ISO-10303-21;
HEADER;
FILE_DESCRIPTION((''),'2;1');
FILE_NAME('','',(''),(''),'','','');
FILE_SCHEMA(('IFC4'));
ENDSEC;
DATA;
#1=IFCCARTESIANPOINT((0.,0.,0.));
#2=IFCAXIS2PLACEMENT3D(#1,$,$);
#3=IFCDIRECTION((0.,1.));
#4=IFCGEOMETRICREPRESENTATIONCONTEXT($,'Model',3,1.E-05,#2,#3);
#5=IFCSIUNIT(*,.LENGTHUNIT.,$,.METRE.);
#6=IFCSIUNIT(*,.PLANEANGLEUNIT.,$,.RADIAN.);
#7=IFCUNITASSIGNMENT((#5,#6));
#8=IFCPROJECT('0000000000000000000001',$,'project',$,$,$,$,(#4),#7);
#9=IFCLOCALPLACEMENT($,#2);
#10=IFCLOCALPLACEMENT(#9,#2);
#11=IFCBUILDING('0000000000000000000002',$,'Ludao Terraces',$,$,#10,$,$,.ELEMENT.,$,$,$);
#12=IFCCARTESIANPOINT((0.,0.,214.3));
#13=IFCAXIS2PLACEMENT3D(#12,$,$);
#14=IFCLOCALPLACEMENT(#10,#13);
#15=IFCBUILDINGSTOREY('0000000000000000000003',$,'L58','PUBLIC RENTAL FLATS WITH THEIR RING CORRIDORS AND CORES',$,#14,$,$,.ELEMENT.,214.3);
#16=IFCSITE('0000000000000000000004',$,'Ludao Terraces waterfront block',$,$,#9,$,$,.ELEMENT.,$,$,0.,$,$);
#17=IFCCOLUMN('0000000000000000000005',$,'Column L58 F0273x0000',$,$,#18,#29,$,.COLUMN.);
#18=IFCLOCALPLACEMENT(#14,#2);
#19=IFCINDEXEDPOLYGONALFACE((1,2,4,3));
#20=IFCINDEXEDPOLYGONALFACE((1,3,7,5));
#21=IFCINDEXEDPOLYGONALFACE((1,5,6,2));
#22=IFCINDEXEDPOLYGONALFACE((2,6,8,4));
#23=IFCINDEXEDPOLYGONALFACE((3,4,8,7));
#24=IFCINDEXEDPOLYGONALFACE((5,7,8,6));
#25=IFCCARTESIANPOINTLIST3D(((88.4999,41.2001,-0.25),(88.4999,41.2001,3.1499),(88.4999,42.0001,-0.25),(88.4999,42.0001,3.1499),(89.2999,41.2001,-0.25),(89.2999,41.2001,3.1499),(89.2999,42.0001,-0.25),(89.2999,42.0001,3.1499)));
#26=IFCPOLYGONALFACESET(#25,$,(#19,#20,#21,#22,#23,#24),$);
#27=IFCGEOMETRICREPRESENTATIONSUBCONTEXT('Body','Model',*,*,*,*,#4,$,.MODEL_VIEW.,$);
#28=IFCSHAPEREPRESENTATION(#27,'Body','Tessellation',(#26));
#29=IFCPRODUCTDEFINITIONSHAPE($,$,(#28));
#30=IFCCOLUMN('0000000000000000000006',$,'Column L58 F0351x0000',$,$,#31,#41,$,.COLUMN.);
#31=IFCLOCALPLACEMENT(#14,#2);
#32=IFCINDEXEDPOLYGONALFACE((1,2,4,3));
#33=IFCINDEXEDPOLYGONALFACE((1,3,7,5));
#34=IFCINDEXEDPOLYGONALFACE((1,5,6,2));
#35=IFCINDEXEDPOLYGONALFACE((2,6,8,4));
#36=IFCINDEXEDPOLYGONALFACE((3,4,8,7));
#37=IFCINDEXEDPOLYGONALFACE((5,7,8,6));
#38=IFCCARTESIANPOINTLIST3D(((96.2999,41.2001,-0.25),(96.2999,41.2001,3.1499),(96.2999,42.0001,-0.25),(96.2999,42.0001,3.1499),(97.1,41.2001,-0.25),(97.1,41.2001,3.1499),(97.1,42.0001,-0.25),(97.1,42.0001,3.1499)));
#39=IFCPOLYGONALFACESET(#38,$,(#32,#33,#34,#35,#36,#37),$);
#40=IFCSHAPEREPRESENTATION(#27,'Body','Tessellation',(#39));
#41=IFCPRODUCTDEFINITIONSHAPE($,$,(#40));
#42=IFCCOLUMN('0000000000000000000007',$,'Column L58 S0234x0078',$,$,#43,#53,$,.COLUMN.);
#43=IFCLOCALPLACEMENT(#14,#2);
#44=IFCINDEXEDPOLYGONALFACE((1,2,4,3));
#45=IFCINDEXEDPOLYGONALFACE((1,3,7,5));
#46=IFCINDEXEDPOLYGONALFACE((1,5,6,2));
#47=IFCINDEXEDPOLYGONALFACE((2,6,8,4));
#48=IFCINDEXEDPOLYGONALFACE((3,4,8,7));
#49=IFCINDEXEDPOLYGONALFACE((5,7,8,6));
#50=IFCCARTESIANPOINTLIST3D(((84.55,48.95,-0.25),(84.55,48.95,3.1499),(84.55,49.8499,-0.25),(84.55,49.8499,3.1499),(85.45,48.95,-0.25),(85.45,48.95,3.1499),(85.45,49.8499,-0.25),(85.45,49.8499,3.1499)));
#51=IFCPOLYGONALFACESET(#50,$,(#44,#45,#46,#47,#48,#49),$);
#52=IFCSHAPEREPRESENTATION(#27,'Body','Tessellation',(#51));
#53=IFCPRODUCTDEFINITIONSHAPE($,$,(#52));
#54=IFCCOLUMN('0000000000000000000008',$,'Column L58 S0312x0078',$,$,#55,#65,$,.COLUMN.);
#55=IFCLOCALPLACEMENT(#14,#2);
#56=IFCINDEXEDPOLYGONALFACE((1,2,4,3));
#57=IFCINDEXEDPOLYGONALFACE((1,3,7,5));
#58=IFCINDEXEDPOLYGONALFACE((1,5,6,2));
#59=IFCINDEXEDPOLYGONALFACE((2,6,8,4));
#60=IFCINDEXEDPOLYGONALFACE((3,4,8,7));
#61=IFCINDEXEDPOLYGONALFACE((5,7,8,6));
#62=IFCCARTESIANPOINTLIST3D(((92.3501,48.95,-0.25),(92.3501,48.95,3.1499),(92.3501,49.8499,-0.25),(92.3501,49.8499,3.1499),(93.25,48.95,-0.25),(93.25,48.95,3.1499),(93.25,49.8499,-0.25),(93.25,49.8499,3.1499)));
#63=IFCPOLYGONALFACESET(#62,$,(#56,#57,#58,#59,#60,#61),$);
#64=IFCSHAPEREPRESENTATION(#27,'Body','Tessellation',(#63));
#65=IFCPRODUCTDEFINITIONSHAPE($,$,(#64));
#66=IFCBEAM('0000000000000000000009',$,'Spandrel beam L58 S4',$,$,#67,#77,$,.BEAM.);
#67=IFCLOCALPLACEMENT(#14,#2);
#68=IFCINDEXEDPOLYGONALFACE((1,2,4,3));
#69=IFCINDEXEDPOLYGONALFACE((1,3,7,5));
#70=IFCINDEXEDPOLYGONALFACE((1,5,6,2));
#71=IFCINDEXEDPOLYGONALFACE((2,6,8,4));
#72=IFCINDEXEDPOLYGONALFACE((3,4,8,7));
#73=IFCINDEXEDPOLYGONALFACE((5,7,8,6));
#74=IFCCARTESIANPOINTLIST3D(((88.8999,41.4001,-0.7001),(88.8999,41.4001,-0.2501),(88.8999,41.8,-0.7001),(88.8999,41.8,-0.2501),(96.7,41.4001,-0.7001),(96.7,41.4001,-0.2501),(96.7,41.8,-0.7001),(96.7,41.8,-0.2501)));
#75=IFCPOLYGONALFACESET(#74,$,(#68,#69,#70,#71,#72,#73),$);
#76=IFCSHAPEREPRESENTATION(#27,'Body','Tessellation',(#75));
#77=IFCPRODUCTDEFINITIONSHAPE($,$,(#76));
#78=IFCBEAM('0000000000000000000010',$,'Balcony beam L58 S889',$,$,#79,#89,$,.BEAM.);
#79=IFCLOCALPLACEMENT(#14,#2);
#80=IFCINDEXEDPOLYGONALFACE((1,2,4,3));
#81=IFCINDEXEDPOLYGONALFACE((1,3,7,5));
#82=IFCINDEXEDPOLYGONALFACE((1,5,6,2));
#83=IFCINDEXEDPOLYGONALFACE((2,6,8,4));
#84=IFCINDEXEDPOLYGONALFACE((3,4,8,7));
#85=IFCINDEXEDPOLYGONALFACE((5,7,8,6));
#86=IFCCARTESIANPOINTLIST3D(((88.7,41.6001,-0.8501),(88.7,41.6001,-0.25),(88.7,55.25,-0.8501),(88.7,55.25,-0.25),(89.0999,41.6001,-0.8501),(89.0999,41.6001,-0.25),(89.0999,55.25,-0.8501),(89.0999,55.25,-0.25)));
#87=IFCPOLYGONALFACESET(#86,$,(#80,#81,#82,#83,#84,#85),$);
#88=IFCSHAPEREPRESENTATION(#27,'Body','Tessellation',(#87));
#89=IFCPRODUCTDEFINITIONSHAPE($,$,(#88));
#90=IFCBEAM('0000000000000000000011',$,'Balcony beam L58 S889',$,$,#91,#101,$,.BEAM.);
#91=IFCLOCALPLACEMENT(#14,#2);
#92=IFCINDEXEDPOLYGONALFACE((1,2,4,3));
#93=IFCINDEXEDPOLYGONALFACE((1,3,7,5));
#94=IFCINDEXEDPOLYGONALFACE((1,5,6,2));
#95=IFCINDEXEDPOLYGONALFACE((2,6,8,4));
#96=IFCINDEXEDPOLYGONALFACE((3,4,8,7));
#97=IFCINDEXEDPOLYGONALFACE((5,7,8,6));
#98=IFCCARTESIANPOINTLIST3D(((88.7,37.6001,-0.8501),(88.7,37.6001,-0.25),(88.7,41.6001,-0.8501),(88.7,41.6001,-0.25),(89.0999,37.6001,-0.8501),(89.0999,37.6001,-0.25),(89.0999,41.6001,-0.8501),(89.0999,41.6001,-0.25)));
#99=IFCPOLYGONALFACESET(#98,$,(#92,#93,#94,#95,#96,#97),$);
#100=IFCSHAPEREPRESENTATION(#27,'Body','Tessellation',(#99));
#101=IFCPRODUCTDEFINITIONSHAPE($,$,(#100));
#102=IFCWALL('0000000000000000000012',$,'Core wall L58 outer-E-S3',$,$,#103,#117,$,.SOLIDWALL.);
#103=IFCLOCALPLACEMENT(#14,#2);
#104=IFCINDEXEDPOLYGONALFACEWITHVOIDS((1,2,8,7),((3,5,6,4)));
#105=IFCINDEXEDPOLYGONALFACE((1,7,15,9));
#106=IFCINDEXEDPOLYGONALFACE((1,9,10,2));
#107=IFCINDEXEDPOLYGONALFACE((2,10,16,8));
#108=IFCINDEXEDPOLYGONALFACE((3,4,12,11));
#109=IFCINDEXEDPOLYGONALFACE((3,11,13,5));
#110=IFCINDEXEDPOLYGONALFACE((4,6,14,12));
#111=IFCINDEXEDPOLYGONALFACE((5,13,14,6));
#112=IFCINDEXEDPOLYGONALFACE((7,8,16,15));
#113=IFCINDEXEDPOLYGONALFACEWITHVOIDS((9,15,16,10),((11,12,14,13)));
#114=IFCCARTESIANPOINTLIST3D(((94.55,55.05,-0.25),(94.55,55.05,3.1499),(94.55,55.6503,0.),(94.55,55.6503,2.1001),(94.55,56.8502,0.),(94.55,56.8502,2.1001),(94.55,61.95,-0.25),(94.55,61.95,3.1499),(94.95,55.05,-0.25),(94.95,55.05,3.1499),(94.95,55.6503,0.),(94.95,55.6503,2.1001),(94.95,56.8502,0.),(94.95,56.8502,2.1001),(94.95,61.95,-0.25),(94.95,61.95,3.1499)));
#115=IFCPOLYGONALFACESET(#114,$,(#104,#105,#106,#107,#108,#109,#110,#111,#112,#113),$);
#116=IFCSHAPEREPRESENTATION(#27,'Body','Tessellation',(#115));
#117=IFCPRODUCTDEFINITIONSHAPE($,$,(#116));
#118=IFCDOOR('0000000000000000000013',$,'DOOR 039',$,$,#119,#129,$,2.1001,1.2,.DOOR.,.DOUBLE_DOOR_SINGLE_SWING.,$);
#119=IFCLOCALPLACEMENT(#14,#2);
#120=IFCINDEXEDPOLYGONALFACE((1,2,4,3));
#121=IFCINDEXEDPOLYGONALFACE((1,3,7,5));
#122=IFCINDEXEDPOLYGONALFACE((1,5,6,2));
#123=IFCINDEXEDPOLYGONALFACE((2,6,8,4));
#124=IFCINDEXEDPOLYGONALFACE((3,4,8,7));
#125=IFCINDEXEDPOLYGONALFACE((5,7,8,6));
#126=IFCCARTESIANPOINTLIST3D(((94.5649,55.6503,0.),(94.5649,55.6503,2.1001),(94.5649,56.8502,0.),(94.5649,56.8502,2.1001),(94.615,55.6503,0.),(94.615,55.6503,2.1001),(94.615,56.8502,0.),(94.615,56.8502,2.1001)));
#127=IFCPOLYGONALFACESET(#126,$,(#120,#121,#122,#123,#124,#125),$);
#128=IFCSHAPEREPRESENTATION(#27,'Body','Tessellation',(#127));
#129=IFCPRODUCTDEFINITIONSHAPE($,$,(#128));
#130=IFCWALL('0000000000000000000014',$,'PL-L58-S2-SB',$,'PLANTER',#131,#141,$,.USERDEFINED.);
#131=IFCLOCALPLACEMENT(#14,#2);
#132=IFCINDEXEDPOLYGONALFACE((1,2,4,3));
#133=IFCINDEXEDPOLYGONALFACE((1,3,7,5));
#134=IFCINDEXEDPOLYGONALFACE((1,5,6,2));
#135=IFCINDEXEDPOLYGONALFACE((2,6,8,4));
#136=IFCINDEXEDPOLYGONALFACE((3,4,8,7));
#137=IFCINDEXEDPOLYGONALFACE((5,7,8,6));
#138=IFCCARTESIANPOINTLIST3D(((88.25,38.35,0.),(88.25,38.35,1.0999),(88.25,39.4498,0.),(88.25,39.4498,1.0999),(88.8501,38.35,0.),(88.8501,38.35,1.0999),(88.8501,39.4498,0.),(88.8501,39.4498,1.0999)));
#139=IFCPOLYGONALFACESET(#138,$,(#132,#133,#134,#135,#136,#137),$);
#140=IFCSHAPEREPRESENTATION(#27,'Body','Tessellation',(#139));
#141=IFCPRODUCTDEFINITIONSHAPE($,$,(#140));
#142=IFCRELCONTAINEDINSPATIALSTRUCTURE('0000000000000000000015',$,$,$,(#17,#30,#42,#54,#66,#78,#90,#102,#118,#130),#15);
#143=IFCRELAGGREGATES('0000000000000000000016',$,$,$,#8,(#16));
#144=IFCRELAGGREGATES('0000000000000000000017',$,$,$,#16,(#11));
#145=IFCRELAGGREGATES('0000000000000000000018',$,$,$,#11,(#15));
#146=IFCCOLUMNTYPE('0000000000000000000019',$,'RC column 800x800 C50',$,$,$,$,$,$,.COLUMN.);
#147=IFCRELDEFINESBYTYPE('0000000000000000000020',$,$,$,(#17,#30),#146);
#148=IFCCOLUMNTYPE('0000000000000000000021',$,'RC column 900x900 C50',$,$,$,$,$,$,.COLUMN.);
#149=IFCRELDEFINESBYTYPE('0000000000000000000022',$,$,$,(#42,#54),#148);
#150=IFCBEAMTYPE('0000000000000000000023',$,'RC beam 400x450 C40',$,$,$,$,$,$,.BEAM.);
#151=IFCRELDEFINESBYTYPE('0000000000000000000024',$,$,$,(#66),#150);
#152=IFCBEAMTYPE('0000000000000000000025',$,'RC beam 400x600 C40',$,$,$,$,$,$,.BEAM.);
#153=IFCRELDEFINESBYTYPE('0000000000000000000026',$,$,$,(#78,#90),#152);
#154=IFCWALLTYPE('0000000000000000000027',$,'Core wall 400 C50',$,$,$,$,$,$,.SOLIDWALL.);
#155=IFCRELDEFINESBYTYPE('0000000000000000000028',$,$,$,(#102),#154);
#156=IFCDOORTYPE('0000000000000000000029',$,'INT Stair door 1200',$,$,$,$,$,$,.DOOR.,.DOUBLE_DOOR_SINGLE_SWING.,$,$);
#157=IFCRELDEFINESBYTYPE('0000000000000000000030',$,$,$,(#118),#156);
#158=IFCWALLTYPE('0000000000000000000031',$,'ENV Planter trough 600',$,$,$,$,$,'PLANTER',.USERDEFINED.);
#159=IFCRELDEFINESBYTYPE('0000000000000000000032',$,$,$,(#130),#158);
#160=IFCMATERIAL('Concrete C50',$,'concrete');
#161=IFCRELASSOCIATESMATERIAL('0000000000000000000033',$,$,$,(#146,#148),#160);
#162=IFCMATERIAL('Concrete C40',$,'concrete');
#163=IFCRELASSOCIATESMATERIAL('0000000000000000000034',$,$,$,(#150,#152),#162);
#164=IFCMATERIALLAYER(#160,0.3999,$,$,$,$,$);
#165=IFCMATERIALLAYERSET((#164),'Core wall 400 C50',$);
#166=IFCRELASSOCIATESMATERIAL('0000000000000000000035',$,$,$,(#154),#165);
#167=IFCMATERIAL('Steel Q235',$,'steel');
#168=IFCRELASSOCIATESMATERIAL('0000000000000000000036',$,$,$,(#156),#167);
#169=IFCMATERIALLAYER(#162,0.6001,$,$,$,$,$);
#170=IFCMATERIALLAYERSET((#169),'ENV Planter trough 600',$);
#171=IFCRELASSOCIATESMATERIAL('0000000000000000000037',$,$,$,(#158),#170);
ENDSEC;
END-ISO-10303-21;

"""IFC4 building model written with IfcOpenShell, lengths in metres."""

from ifc_helpers import new_model, si_unit, direction, frame, frame_2d, origin, origin_2d, place, context, subcontext, project, spatial, rectangle, extrude, material, layer, layer_set, material_profile, profile_set, type_object, element, fill, save


model = new_model("IFC4")

# Units and contexts
model_context = context("Model", 3, precision=1e-05, world=origin(), true_north=direction((0.0, 1.0)))
body_context = subcontext(model_context, "Body", "Model", "MODEL_VIEW")
ifc_project = project(units=[si_unit("LENGTHUNIT", "METRE"), si_unit("PLANEANGLEUNIT", "RADIAN")], contexts=[model_context])

# Site, building, storey
site_placement = place(None, origin())
site = spatial("IfcSite", under=ifc_project, at=site_placement, Name="Ludao Terraces waterfront block", CompositionType="ELEMENT", RefElevation=0.0)
building_placement = place(site_placement, origin())
building = spatial("IfcBuilding", under=site, at=building_placement, Name="Ludao Terraces", CompositionType="ELEMENT")
storey_placement = place(building_placement, frame((0.0, 0.0, 214.3)))
storey = spatial("IfcBuildingStorey", under=building, at=storey_placement, Name="L58", Description="PUBLIC RENTAL FLATS WITH THEIR RING CORRIDORS AND CORES", CompositionType="ELEMENT", Elevation=214.3)

# Columns
ifc_material_1 = material(Name="Concrete C50", Category="concrete")
ifc_material_profile_1 = material_profile(ifc_material_1, rectangle(XDim=0.8, YDim=0.8, at=origin_2d()), Name="800 X 800")
ifc_profile_set_1 = profile_set([ifc_material_profile_1], Name="Concrete C50")
column_type_1 = type_object("IfcColumnType", Name="RC column 800x800 C50", PredefinedType="COLUMN", material=ifc_profile_set_1)
for number, where, z_axis, x_axis, name in (
    (1, (88.8999, 41.6001, -0.25), (0.0, 0.0, 1.0), (1.0, 0.0, 0.0), "Column L58 F0273x0000"),
    (2, (96.7, 41.6001, -0.25), (0.0, 0.0, 1.0), (1.0, 0.0, 0.0), "Column L58 F0351x0000"),
):
    element("IfcColumn", number, at=place(storey_placement, frame(where, z_axis=z_axis, x_axis=x_axis)), inside=storey, type_object=column_type_1, Name=name, PredefinedType="COLUMN", context=body_context, shape_type="SweptSolid", body=[
        extrude(rectangle(XDim=0.8, YDim=0.8, at=origin_2d()), origin(), (0.0, 0.0, 1.0), 3.3999),
    ])
ifc_material_profile_2 = material_profile(ifc_material_1, rectangle(XDim=0.8999, YDim=0.8999, at=origin_2d()), Name="900 X 900")
ifc_profile_set_2 = profile_set([ifc_material_profile_2], Name="Concrete C50")
column_type_2 = type_object("IfcColumnType", Name="RC column 900x900 C50", PredefinedType="COLUMN", material=ifc_profile_set_2)
for number, where, z_axis, x_axis, name in (
    (3, (85.0, 49.3999, -0.25), (0.0, 0.0, 1.0), (1.0, 0.0, 0.0), "Column L58 S0234x0078"),
    (4, (92.8, 49.3999, -0.25), (0.0, 0.0, 1.0), (1.0, 0.0, 0.0), "Column L58 S0312x0078"),
):
    element("IfcColumn", number, at=place(storey_placement, frame(where, z_axis=z_axis, x_axis=x_axis)), inside=storey, type_object=column_type_2, Name=name, PredefinedType="COLUMN", context=body_context, shape_type="SweptSolid", body=[
        extrude(rectangle(XDim=0.8999, YDim=0.8999, at=origin_2d()), origin(), (0.0, 0.0, 1.0), 3.3999),
    ])

# Beams
ifc_material_2 = material(Name="Concrete C40", Category="concrete")
ifc_material_profile_3 = material_profile(ifc_material_2, rectangle(XDim=0.3999, YDim=0.45, at=origin_2d()), Name="400 X 450")
ifc_profile_set_3 = profile_set([ifc_material_profile_3], Name="Concrete C40")
beam_type_1 = type_object("IfcBeamType", Name="RC beam 400x450 C40", PredefinedType="BEAM", material=ifc_profile_set_3)
beam_1_placement = place(storey_placement, frame((88.8999, 41.6001, -0.4751), z_axis=(1.0, 0.0, 0.0), x_axis=(0.0, 1.0, 0.0)))
element("IfcBeam", 5, at=beam_1_placement, inside=storey, type_object=beam_type_1, Name="Spandrel beam L58 S4", PredefinedType="BEAM", context=body_context, shape_type="SweptSolid", body=[
    extrude(rectangle(XDim=0.3999, YDim=0.45, at=origin_2d()), origin(), (0.0, 0.0, 1.0), 7.8),
])
ifc_material_profile_4 = material_profile(ifc_material_2, rectangle(XDim=0.3999, YDim=0.6001, at=origin_2d()), Name="400 X 600")
ifc_profile_set_4 = profile_set([ifc_material_profile_4], Name="Concrete C40")
beam_type_2 = type_object("IfcBeamType", Name="RC beam 400x600 C40", PredefinedType="BEAM", material=ifc_profile_set_4)
beam_2_placement = place(storey_placement, frame((88.8999, 55.25, -0.55), z_axis=(0.0, -1.0, 0.0), x_axis=(1.0, 0.0, 0.0)))
element("IfcBeam", 6, at=beam_2_placement, inside=storey, type_object=beam_type_2, Name="Balcony beam L58 S889", PredefinedType="BEAM", context=body_context, shape_type="SweptSolid", body=[
    extrude(rectangle(XDim=0.3999, YDim=0.6001, at=origin_2d()), origin(), (0.0, 0.0, 1.0), 13.6499),
])
beam_3_placement = place(storey_placement, frame((88.8999, 41.6001, -0.55), z_axis=(0.0, -1.0, 0.0), x_axis=(1.0, 0.0, 0.0)))
element("IfcBeam", 7, at=beam_3_placement, inside=storey, type_object=beam_type_2, Name="Balcony beam L58 S889", PredefinedType="BEAM", context=body_context, shape_type="SweptSolid", body=[
    extrude(rectangle(XDim=0.3999, YDim=0.6001, at=origin_2d()), origin(), (0.0, 0.0, 1.0), 4.0),
])

# Wall, opening, door
ifc_layer_1 = layer(ifc_material_1, 0.3999)
ifc_layer_set_1 = layer_set([ifc_layer_1], Name="Core wall 400 C50")
wall_type_1 = type_object("IfcWallType", Name="Core wall 400 C50", PredefinedType="SOLIDWALL", material=ifc_layer_set_1)
wall_1_placement = place(storey_placement, frame((94.75, 55.05, -0.25), z_axis=(0.0, 0.0, 1.0), x_axis=(0.0, 1.0, 0.0)))
wall_1 = element("IfcWall", 8, at=wall_1_placement, inside=storey, type_object=wall_type_1, Name="Core wall L58 outer-E-S3", PredefinedType="SOLIDWALL", context=body_context, shape_type="SweptSolid", body=[
    extrude(rectangle(XDim=6.8999, YDim=0.3999, at=frame_2d((3.45, 0.0))), origin(), (0.0, 0.0, 1.0), 3.3999),
])
opening_1_placement = place(wall_1_placement, frame((0.6001, 0.0, 0.25)))
opening_1 = element("IfcOpeningElement", 9, at=opening_1_placement, cuts=wall_1, PredefinedType="OPENING", context=body_context, shape_type="SweptSolid", body=[
    extrude(rectangle(XDim=1.2, YDim=2.1001, at=frame_2d((0.6001, 1.05))), frame((0.0, 0.21, 0.0), z_axis=(0.0, -1.0, 0.0), x_axis=(1.0, 0.0, 0.0)), (0.0, 0.0, 1.0), 0.4199),
])
ifc_material_3 = material(Name="Steel Q235", Category="steel")
door_type_1 = type_object("IfcDoorType", Name="INT Stair door 1200", OperationType="DOUBLE_DOOR_SINGLE_SWING", PredefinedType="DOOR", material=ifc_material_3)
door_1_placement = place(opening_1_placement, origin())
door_1 = element("IfcDoor", 10, at=door_1_placement, inside=storey, type_object=door_type_1, Name="DOOR 039", OperationType="DOUBLE_DOOR_SINGLE_SWING", OverallHeight=2.1001, OverallWidth=1.2, PredefinedType="DOOR", context=body_context, shape_type="SweptSolid", body=[
    extrude(rectangle(XDim=1.2, YDim=2.1001, at=frame_2d((0.6001, 1.05))), frame((0.0, 0.1851, 0.0), z_axis=(0.0, -1.0, 0.0), x_axis=(1.0, 0.0, 0.0)), (0.0, 0.0, 1.0), 0.05),
])
fill(opening_1, door_1)

# Wall
ifc_layer_2 = layer(ifc_material_2, 0.6001)
ifc_layer_set_2 = layer_set([ifc_layer_2], Name="ENV Planter trough 600")
wall_type_2 = type_object("IfcWallType", Name="ENV Planter trough 600", ElementType="PLANTER", PredefinedType="USERDEFINED", material=ifc_layer_set_2)
wall_2_placement = place(storey_placement, frame((88.55, 38.3501, 0.0), z_axis=(0.0, 0.0, 1.0), x_axis=(0.0, 1.0, 0.0)))
element("IfcWall", 11, at=wall_2_placement, inside=storey, type_object=wall_type_2, Name="PL-L58-S2-SB", ObjectType="PLANTER", PredefinedType="USERDEFINED", context=body_context, shape_type="SweptSolid", body=[
    extrude(rectangle(XDim=1.0999, YDim=0.6001, at=frame_2d((0.5498, 0.0))), origin(), (0.0, 0.0, 1.0), 1.0999),
])

save(model, "model.ifc")
